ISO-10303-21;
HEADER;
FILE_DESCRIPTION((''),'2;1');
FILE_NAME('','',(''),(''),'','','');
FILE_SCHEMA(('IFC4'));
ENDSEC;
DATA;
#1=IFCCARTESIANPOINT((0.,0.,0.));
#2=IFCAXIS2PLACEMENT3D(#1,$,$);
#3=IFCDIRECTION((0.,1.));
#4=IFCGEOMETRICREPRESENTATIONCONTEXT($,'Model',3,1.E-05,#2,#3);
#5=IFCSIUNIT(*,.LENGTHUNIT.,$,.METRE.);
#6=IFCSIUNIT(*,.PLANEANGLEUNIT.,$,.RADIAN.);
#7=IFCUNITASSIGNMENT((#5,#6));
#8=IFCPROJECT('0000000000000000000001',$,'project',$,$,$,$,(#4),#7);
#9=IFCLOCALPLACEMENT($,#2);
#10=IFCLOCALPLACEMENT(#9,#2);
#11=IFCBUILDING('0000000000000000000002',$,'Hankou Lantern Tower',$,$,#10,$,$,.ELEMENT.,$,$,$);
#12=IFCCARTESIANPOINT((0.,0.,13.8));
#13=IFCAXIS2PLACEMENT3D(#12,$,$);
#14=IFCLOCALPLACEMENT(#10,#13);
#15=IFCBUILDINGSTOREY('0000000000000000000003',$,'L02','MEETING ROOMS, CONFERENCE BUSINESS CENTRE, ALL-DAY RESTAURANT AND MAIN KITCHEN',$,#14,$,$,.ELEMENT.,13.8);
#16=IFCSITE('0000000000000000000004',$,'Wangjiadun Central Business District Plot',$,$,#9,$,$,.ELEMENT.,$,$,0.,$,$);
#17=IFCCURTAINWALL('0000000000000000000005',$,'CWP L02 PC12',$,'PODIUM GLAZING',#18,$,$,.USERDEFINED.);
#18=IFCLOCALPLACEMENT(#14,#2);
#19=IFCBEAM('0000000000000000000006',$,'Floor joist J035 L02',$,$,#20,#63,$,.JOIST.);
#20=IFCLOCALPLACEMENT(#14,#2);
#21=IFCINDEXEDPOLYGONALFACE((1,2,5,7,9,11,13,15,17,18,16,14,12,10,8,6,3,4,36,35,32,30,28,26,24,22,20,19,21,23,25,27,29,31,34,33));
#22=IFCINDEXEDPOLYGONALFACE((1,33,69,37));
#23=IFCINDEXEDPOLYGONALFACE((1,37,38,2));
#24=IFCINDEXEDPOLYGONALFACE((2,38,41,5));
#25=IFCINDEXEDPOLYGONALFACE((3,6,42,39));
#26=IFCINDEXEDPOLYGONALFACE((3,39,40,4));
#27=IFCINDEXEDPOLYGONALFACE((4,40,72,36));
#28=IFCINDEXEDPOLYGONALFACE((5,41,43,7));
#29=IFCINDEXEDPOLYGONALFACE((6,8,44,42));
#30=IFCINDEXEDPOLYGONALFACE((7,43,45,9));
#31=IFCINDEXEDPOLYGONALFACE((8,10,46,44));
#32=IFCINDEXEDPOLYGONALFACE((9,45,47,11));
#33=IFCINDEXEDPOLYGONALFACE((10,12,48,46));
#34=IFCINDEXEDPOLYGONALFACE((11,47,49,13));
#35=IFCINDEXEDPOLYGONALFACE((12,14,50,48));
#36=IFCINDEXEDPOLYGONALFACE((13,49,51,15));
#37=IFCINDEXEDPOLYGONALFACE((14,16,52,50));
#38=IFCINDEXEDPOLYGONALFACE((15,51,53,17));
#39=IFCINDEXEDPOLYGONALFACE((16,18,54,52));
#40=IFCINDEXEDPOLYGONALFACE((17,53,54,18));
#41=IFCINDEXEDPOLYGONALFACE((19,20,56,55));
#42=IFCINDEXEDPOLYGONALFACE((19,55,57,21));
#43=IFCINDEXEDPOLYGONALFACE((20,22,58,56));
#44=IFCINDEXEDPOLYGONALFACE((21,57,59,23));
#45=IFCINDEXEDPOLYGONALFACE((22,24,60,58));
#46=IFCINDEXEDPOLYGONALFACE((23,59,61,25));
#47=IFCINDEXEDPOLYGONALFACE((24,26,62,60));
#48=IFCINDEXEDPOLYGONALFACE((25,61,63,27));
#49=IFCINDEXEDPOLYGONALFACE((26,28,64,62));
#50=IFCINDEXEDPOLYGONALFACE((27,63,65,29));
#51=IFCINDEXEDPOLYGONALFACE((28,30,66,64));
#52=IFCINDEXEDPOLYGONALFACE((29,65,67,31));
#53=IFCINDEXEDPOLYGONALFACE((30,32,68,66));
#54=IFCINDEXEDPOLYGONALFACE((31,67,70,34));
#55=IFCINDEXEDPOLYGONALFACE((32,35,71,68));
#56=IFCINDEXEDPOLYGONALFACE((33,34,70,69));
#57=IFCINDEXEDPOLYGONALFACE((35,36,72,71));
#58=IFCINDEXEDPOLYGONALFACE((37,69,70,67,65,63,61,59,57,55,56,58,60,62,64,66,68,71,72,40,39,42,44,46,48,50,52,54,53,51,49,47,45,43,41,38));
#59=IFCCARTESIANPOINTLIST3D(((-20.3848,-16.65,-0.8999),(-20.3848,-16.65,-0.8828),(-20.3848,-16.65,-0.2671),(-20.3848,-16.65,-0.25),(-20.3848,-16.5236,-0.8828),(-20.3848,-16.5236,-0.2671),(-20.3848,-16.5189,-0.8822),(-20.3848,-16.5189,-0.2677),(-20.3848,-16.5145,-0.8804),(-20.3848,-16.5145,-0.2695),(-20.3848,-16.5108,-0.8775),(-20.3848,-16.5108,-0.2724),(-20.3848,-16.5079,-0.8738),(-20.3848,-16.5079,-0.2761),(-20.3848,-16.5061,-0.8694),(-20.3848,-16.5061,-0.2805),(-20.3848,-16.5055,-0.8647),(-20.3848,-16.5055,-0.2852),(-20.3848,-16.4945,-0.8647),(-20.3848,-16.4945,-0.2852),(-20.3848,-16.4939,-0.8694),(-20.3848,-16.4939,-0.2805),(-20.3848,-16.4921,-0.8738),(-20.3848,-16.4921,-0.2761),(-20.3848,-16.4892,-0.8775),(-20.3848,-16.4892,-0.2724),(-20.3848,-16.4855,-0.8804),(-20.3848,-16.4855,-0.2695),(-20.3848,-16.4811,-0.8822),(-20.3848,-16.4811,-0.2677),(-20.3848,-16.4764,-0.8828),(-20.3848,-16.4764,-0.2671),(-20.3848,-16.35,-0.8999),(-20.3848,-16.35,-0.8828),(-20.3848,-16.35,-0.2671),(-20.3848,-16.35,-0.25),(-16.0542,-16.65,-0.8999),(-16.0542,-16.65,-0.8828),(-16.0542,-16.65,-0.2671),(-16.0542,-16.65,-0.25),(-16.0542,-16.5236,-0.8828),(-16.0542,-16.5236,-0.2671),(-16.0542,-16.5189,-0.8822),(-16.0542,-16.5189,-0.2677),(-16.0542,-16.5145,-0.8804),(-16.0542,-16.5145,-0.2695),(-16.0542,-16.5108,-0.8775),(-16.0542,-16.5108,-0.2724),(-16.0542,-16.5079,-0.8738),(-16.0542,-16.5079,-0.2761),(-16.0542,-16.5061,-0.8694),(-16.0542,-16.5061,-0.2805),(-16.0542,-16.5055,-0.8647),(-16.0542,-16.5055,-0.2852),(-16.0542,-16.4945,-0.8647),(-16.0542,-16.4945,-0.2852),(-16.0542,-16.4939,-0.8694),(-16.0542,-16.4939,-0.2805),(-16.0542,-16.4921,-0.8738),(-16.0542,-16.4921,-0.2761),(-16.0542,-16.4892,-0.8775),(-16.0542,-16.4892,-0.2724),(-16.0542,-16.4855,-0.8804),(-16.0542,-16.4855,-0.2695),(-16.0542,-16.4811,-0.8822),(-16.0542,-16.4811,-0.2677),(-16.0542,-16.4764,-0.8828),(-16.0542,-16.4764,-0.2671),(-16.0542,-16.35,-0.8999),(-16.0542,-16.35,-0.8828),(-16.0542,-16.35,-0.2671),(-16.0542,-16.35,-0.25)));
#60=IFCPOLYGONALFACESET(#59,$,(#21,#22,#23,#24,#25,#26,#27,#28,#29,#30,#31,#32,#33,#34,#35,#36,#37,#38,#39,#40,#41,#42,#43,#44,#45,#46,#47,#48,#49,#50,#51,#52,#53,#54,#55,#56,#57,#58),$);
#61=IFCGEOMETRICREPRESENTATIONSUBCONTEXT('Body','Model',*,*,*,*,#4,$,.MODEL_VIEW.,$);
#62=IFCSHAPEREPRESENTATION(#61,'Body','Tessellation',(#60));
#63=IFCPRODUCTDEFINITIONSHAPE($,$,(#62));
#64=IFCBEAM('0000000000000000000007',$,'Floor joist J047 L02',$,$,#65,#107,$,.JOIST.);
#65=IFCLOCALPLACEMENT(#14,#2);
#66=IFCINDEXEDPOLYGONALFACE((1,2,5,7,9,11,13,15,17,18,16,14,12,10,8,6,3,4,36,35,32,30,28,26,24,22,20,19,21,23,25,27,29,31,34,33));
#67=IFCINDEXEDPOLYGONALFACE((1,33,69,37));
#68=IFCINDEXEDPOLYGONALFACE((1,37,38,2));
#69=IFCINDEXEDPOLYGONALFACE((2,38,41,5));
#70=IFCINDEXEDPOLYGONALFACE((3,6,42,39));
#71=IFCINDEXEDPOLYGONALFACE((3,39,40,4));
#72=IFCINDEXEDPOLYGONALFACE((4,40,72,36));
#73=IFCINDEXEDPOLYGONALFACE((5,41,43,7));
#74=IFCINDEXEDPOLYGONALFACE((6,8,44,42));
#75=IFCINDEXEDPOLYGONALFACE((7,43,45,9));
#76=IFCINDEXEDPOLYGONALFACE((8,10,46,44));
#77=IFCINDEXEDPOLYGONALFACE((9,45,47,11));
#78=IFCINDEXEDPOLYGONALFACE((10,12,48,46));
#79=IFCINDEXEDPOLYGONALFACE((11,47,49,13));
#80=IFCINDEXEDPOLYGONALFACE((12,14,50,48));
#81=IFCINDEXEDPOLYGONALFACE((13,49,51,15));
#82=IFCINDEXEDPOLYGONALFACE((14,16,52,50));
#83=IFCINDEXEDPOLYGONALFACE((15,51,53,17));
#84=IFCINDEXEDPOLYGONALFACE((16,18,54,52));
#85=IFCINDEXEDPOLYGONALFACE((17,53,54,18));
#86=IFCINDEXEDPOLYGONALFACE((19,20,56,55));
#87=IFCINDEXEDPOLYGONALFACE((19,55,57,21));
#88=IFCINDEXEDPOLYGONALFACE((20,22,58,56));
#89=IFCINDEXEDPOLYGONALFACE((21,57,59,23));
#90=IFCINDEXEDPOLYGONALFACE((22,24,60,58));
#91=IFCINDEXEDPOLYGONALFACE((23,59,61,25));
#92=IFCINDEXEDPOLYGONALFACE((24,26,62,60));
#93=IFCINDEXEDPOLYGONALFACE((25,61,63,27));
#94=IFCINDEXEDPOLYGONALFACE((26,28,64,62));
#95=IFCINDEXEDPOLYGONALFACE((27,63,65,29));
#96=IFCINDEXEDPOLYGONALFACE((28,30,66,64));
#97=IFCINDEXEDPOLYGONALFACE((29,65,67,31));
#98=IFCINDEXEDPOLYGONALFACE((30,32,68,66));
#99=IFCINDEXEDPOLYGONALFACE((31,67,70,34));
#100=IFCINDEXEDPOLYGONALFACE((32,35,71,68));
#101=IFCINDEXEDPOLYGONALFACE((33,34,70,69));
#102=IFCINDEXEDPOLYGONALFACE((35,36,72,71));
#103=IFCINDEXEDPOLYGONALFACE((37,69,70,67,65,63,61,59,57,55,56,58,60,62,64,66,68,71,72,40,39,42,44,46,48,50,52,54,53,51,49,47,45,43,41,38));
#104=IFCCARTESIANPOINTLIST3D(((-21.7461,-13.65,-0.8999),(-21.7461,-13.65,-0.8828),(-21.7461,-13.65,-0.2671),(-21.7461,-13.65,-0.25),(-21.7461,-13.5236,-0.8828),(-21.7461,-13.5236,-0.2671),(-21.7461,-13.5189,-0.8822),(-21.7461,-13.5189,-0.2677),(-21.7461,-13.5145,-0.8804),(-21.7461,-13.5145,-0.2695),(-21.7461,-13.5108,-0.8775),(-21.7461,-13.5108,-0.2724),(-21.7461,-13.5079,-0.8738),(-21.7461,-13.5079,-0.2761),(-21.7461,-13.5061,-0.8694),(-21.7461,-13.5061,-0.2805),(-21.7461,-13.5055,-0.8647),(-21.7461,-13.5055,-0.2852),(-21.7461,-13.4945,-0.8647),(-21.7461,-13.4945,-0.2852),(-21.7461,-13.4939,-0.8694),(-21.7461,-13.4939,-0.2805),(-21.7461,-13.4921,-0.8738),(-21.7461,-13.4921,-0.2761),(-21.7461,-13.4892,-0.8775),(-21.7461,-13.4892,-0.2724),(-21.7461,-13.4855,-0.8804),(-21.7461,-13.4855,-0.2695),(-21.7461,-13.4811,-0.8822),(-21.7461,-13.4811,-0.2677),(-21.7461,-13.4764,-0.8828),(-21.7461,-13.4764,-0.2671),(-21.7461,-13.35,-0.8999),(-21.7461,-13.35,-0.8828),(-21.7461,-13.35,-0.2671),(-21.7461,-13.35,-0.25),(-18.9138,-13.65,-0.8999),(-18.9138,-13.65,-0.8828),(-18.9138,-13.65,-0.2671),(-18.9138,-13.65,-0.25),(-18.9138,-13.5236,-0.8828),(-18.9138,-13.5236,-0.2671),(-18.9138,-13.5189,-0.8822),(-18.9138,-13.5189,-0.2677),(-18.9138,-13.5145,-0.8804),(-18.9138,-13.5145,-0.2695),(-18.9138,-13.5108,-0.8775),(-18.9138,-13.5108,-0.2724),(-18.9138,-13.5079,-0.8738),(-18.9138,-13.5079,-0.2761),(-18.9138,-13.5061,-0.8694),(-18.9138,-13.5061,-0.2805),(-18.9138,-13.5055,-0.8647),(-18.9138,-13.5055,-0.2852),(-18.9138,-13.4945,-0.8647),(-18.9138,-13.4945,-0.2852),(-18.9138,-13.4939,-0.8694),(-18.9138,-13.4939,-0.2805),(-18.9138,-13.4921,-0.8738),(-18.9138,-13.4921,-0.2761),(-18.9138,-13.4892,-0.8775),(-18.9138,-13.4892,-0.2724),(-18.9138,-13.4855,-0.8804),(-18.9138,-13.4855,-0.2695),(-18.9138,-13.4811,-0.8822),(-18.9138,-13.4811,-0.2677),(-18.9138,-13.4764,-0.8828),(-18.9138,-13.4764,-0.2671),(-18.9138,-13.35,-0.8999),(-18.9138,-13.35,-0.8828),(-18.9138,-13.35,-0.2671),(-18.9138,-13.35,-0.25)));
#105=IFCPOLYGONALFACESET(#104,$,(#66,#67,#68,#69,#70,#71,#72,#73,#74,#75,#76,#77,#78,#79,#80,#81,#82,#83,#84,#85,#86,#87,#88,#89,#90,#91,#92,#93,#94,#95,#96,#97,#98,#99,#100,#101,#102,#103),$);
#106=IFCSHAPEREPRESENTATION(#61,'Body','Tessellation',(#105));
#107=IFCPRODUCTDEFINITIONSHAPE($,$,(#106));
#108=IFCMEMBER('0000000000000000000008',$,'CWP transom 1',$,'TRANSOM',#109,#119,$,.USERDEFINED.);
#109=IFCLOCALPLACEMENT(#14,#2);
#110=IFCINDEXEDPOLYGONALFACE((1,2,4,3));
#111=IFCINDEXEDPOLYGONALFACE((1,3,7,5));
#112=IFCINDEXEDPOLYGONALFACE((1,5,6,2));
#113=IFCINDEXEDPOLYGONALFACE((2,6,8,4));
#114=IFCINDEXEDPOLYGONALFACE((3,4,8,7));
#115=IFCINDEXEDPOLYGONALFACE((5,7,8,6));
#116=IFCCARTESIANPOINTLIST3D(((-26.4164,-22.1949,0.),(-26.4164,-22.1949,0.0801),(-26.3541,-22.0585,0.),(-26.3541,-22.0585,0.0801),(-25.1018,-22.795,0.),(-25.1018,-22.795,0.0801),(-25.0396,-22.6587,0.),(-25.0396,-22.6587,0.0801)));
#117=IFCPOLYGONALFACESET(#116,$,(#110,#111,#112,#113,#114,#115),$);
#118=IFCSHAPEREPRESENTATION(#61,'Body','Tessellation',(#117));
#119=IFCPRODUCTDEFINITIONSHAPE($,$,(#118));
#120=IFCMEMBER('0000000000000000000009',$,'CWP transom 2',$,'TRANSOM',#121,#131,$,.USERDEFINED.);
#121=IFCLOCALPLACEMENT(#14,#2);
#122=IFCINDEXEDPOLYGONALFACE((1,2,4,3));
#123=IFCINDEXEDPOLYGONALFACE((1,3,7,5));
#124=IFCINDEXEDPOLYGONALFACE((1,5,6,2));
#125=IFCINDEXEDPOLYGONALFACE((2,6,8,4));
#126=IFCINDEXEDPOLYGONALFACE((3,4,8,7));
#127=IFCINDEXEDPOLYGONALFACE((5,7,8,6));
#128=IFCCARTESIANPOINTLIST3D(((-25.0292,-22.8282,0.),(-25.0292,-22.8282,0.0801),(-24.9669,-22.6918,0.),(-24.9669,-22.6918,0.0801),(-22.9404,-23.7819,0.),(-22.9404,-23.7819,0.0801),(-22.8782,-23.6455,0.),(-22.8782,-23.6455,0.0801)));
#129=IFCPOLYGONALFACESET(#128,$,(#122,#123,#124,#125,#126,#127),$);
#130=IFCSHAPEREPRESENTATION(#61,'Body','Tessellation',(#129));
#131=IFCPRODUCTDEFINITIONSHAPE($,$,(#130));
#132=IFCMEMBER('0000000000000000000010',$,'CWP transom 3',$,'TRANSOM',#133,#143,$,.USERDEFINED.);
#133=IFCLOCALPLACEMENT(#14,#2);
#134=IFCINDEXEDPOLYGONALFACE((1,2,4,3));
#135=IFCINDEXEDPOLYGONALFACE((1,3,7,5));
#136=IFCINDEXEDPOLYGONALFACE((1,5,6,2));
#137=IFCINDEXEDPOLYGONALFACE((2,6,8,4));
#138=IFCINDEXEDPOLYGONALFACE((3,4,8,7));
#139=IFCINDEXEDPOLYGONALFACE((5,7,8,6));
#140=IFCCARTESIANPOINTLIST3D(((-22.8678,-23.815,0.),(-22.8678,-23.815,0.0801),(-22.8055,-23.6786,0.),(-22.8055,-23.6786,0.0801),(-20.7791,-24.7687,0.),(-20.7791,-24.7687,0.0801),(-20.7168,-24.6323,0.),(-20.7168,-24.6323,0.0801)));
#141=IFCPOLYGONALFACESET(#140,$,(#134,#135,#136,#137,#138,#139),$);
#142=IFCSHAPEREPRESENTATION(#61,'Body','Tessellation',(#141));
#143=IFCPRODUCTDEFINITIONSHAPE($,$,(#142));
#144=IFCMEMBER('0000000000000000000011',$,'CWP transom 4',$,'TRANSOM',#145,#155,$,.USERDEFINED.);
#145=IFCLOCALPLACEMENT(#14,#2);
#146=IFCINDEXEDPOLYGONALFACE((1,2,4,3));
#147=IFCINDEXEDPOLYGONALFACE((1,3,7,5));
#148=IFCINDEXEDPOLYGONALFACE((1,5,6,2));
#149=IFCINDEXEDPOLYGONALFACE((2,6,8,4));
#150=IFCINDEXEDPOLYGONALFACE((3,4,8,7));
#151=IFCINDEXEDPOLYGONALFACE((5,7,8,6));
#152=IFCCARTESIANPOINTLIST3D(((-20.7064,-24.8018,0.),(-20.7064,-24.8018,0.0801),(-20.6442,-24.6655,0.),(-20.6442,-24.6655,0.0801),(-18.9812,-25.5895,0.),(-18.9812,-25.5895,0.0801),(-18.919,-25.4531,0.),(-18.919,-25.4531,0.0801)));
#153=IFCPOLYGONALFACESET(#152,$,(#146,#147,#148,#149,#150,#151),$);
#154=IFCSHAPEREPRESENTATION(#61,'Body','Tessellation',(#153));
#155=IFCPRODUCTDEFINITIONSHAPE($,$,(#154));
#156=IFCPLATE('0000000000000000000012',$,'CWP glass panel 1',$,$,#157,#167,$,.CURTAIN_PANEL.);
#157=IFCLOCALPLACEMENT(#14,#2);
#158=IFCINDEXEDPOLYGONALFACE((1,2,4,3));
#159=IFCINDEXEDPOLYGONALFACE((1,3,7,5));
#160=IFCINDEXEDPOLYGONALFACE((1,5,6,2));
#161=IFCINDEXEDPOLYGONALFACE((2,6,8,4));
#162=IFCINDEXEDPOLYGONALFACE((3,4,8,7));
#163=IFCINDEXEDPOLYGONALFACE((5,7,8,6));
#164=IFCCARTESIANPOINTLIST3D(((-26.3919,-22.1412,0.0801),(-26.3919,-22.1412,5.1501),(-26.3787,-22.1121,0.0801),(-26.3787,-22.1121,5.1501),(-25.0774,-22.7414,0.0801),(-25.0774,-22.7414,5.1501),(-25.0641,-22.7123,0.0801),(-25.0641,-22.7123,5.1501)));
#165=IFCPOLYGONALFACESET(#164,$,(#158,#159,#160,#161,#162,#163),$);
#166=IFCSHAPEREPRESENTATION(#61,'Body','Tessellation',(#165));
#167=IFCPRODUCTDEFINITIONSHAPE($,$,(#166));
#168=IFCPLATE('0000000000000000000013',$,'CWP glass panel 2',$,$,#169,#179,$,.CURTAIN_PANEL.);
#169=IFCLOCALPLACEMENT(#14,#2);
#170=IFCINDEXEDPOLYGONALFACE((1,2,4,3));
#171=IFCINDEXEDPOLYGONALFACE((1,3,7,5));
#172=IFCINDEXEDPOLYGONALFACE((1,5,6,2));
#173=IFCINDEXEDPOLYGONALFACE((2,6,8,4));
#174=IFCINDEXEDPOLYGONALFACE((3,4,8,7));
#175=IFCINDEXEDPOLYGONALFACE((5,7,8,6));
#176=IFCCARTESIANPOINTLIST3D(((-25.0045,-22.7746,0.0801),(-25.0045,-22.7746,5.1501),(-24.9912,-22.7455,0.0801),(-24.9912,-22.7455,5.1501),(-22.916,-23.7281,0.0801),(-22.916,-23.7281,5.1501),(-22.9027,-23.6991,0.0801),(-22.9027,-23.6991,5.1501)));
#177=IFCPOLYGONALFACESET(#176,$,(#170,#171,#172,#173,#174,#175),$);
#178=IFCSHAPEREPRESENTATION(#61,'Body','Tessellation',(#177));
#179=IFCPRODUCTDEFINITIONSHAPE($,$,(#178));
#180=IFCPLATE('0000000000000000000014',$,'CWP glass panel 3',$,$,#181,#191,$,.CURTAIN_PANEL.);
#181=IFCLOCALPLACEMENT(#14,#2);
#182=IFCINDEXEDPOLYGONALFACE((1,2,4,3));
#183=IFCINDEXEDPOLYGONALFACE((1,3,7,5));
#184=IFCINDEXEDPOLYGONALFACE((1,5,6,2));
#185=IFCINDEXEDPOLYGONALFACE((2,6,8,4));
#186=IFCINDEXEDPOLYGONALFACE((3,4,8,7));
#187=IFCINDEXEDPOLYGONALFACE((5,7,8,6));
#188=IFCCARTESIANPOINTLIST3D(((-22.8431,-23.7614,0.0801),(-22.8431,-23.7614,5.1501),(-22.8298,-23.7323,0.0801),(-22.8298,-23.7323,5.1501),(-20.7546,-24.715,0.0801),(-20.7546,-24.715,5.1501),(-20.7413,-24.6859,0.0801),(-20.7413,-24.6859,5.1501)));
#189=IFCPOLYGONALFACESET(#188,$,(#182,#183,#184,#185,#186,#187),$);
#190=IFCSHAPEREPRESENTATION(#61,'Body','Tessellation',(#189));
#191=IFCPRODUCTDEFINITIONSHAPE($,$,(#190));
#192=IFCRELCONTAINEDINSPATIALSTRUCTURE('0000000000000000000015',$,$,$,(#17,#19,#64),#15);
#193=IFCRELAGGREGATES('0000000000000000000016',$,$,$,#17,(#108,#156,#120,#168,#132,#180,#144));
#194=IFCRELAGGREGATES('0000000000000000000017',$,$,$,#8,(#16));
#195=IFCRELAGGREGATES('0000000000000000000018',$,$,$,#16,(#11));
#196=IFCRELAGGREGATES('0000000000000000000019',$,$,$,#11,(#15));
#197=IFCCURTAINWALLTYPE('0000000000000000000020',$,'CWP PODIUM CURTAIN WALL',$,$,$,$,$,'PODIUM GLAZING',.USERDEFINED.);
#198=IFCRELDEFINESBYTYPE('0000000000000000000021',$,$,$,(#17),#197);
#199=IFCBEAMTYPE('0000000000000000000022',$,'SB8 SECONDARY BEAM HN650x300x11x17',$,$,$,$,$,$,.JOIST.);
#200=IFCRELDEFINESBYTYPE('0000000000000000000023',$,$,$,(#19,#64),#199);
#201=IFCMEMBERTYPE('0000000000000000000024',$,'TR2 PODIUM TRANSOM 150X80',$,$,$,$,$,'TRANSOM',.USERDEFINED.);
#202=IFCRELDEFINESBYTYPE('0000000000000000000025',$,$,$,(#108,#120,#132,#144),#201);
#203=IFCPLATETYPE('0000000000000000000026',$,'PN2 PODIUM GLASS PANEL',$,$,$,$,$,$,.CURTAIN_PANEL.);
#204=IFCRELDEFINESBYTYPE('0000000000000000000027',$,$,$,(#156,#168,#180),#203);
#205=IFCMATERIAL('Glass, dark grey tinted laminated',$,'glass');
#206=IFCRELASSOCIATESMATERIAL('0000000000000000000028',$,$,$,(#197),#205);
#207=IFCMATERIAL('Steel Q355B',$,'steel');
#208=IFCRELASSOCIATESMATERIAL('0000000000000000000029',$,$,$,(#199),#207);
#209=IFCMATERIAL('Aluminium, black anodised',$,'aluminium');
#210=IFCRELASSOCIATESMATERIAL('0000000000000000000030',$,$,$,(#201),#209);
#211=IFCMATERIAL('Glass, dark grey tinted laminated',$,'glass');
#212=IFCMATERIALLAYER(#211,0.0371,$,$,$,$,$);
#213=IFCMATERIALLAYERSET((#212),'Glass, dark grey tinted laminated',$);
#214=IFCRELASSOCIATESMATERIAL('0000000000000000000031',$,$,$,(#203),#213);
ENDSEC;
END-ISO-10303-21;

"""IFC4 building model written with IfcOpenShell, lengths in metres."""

from ifc_helpers import new_model, si_unit, direction, frame, origin, origin_2d, place, context, subcontext, project, spatial, rectangle, i_section, extrude, material, layer, layer_set, material_profile, profile_set, type_object, element, aggregate, save


model = new_model("IFC4")

# Units and contexts
model_context = context("Model", 3, precision=1e-05, world=origin(), true_north=direction((0.0, 1.0)))
body_context = subcontext(model_context, "Body", "Model", "MODEL_VIEW")
ifc_project = project(units=[si_unit("LENGTHUNIT", "METRE"), si_unit("PLANEANGLEUNIT", "RADIAN")], contexts=[model_context])

# Site, building, storey
site_placement = place(None, origin())
site = spatial("IfcSite", under=ifc_project, at=site_placement, Name="Wangjiadun Central Business District Plot", CompositionType="ELEMENT", RefElevation=0.0)
building_placement = place(site_placement, origin())
building = spatial("IfcBuilding", under=site, at=building_placement, Name="Hankou Lantern Tower", CompositionType="ELEMENT")
storey_placement = place(building_placement, frame((0.0, 0.0, 13.8)))
storey = spatial("IfcBuildingStorey", under=building, at=storey_placement, Name="L02", Description="MEETING ROOMS, CONFERENCE BUSINESS CENTRE, ALL-DAY RESTAURANT AND MAIN KITCHEN", CompositionType="ELEMENT", Elevation=13.8)

# Curtain wall
ifc_material_1 = material(Name="Glass, dark grey tinted laminated", Category="glass")
curtain_wall_type = type_object("IfcCurtainWallType", Name="CWP PODIUM CURTAIN WALL", ElementType="PODIUM GLAZING", PredefinedType="USERDEFINED", material=ifc_material_1)
curtain_wall_placement = place(storey_placement, origin())
curtain_wall = element("IfcCurtainWall", 1, at=curtain_wall_placement, inside=storey, type_object=curtain_wall_type, Name="CWP L02 PC12", ObjectType="PODIUM GLAZING", PredefinedType="USERDEFINED")

# Beams
ifc_material_2 = material(Name="Steel Q355B", Category="steel")
ifc_material_profile_1 = material_profile(ifc_material_2, i_section(OverallWidth=0.3, OverallDepth=0.6499, WebThickness=0.011, FlangeThickness=0.0171, FilletRadius=0.0181, at=origin_2d()), Name="HN650x300x11x17")
ifc_profile_set_1 = profile_set([ifc_material_profile_1], Name="Steel Q355B")
beam_type_1 = type_object("IfcBeamType", Name="SB8 SECONDARY BEAM HN650x300x11x17", PredefinedType="JOIST", material=ifc_profile_set_1)
beam_1_placement = place(storey_placement, frame((-20.3848, -16.5, -0.575), z_axis=(1.0, 0.0, 0.0), x_axis=(0.0, 1.0, 0.0)))
element("IfcBeam", 2, at=beam_1_placement, inside=storey, type_object=beam_type_1, Name="Floor joist J035 L02", PredefinedType="JOIST", context=body_context, shape_type="SweptSolid", body=[
    extrude(i_section(OverallWidth=0.3, OverallDepth=0.6499, WebThickness=0.011, FlangeThickness=0.0171, FilletRadius=0.0181, at=origin_2d()), origin(), (0.0, 0.0, 1.0), 4.3306),
])
beam_2_placement = place(storey_placement, frame((-21.7461, -13.5, -0.575), z_axis=(1.0, 0.0, 0.0), x_axis=(0.0, 1.0, 0.0)))
element("IfcBeam", 3, at=beam_2_placement, inside=storey, type_object=beam_type_1, Name="Floor joist J047 L02", PredefinedType="JOIST", context=body_context, shape_type="SweptSolid", body=[
    extrude(i_section(OverallWidth=0.3, OverallDepth=0.6499, WebThickness=0.011, FlangeThickness=0.0171, FilletRadius=0.0181, at=origin_2d()), origin(), (0.0, 0.0, 1.0), 2.8323),
])

# Members
ifc_material_3 = material(Name="Aluminium, black anodised", Category="aluminium")
ifc_material_profile_2 = material_profile(ifc_material_3, rectangle(XDim=0.1499, YDim=0.0801, at=origin_2d()), Name="TR2 150X80")
ifc_profile_set_2 = profile_set([ifc_material_profile_2], Name="Aluminium, black anodised")
member_type_1 = type_object("IfcMemberType", Name="TR2 PODIUM TRANSOM 150X80", ElementType="TRANSOM", PredefinedType="USERDEFINED", material=ifc_profile_set_2)
member_1_placement = place(storey_placement, frame((-26.3853, -22.1267, 0.04), z_axis=(0.909682, -0.415305, 0.0), x_axis=(0.415305, 0.909682, 0.0)))
member_1 = element("IfcMember", 4, at=member_1_placement, type_object=member_type_1, Name="CWP transom 1", ObjectType="TRANSOM", PredefinedType="USERDEFINED", context=body_context, shape_type="SweptSolid", body=[
    extrude(rectangle(XDim=0.1499, YDim=0.0801, at=origin_2d()), origin(), (0.0, 0.0, 1.0), 1.4451),
])
member_2_placement = place(storey_placement, frame((-24.998, -22.76, 0.04), z_axis=(0.90967, -0.415333, 0.0), x_axis=(0.415333, 0.90967, 0.0)))
member_2 = element("IfcMember", 5, at=member_2_placement, type_object=member_type_1, Name="CWP transom 2", ObjectType="TRANSOM", PredefinedType="USERDEFINED", context=body_context, shape_type="SweptSolid", body=[
    extrude(rectangle(XDim=0.1499, YDim=0.0801, at=origin_2d()), origin(), (0.0, 0.0, 1.0), 2.2961),
])
member_3_placement = place(storey_placement, frame((-22.8367, -23.7468, 0.04), z_axis=(0.90967, -0.415333, 0.0), x_axis=(0.415333, 0.90967, 0.0)))
member_3 = element("IfcMember", 6, at=member_3_placement, type_object=member_type_1, Name="CWP transom 3", ObjectType="TRANSOM", PredefinedType="USERDEFINED", context=body_context, shape_type="SweptSolid", body=[
    extrude(rectangle(XDim=0.1499, YDim=0.0801, at=origin_2d()), origin(), (0.0, 0.0, 1.0), 2.2961),
])
member_4_placement = place(storey_placement, frame((-20.6753, -24.7336, 0.04), z_axis=(0.909677, -0.415316, 0.0), x_axis=(0.415316, 0.909677, 0.0)))
member_4 = element("IfcMember", 7, at=member_4_placement, type_object=member_type_1, Name="CWP transom 4", ObjectType="TRANSOM", PredefinedType="USERDEFINED", context=body_context, shape_type="SweptSolid", body=[
    extrude(rectangle(XDim=0.1499, YDim=0.0801, at=origin_2d()), origin(), (0.0, 0.0, 1.0), 1.8965),
])

# Plates
ifc_material_4 = material(Name="Glass, dark grey tinted laminated", Category="glass")
ifc_layer = layer(ifc_material_4, 0.0371)
ifc_layer_set = layer_set([ifc_layer], Name="Glass, dark grey tinted laminated")
plate_type = type_object("IfcPlateType", Name="PN2 PODIUM GLASS PANEL", PredefinedType="CURTAIN_PANEL", material=ifc_layer_set)
plate_1_placement = place(storey_placement, frame((-25.728, -22.4268, 0.0801), z_axis=(0.0, 0.0, 1.0), x_axis=(0.90967, -0.415332, 0.0)))
plate_1 = element("IfcPlate", 8, at=plate_1_placement, type_object=plate_type, Name="CWP glass panel 1", PredefinedType="CURTAIN_PANEL", context=body_context, shape_type="SweptSolid", body=[
    extrude(rectangle(XDim=1.4451, YDim=0.032, at=origin_2d()), origin(), (0.0, 0.0, 1.0), 5.0701),
])
plate_2_placement = place(storey_placement, frame((-23.9536, -23.2368, 0.0801), z_axis=(0.0, 0.0, 1.0), x_axis=(0.90967, -0.415332, 0.0)))
plate_2 = element("IfcPlate", 9, at=plate_2_placement, type_object=plate_type, Name="CWP glass panel 2", PredefinedType="CURTAIN_PANEL", context=body_context, shape_type="SweptSolid", body=[
    extrude(rectangle(XDim=2.2959, YDim=0.032, at=origin_2d()), origin(), (0.0, 0.0, 1.0), 5.0701),
])
plate_3_placement = place(storey_placement, frame((-21.7922, -24.2236, 0.0801), z_axis=(0.0, 0.0, 1.0), x_axis=(0.90967, -0.415332, 0.0)))
plate_3 = element("IfcPlate", 10, at=plate_3_placement, type_object=plate_type, Name="CWP glass panel 3", PredefinedType="CURTAIN_PANEL", context=body_context, shape_type="SweptSolid", body=[
    extrude(rectangle(XDim=2.2959, YDim=0.032, at=origin_2d()), origin(), (0.0, 0.0, 1.0), 5.0701),
])
aggregate(curtain_wall, [member_1, plate_1, member_2, plate_2, member_3, plate_3, member_4])

save(model, "model.ifc")
